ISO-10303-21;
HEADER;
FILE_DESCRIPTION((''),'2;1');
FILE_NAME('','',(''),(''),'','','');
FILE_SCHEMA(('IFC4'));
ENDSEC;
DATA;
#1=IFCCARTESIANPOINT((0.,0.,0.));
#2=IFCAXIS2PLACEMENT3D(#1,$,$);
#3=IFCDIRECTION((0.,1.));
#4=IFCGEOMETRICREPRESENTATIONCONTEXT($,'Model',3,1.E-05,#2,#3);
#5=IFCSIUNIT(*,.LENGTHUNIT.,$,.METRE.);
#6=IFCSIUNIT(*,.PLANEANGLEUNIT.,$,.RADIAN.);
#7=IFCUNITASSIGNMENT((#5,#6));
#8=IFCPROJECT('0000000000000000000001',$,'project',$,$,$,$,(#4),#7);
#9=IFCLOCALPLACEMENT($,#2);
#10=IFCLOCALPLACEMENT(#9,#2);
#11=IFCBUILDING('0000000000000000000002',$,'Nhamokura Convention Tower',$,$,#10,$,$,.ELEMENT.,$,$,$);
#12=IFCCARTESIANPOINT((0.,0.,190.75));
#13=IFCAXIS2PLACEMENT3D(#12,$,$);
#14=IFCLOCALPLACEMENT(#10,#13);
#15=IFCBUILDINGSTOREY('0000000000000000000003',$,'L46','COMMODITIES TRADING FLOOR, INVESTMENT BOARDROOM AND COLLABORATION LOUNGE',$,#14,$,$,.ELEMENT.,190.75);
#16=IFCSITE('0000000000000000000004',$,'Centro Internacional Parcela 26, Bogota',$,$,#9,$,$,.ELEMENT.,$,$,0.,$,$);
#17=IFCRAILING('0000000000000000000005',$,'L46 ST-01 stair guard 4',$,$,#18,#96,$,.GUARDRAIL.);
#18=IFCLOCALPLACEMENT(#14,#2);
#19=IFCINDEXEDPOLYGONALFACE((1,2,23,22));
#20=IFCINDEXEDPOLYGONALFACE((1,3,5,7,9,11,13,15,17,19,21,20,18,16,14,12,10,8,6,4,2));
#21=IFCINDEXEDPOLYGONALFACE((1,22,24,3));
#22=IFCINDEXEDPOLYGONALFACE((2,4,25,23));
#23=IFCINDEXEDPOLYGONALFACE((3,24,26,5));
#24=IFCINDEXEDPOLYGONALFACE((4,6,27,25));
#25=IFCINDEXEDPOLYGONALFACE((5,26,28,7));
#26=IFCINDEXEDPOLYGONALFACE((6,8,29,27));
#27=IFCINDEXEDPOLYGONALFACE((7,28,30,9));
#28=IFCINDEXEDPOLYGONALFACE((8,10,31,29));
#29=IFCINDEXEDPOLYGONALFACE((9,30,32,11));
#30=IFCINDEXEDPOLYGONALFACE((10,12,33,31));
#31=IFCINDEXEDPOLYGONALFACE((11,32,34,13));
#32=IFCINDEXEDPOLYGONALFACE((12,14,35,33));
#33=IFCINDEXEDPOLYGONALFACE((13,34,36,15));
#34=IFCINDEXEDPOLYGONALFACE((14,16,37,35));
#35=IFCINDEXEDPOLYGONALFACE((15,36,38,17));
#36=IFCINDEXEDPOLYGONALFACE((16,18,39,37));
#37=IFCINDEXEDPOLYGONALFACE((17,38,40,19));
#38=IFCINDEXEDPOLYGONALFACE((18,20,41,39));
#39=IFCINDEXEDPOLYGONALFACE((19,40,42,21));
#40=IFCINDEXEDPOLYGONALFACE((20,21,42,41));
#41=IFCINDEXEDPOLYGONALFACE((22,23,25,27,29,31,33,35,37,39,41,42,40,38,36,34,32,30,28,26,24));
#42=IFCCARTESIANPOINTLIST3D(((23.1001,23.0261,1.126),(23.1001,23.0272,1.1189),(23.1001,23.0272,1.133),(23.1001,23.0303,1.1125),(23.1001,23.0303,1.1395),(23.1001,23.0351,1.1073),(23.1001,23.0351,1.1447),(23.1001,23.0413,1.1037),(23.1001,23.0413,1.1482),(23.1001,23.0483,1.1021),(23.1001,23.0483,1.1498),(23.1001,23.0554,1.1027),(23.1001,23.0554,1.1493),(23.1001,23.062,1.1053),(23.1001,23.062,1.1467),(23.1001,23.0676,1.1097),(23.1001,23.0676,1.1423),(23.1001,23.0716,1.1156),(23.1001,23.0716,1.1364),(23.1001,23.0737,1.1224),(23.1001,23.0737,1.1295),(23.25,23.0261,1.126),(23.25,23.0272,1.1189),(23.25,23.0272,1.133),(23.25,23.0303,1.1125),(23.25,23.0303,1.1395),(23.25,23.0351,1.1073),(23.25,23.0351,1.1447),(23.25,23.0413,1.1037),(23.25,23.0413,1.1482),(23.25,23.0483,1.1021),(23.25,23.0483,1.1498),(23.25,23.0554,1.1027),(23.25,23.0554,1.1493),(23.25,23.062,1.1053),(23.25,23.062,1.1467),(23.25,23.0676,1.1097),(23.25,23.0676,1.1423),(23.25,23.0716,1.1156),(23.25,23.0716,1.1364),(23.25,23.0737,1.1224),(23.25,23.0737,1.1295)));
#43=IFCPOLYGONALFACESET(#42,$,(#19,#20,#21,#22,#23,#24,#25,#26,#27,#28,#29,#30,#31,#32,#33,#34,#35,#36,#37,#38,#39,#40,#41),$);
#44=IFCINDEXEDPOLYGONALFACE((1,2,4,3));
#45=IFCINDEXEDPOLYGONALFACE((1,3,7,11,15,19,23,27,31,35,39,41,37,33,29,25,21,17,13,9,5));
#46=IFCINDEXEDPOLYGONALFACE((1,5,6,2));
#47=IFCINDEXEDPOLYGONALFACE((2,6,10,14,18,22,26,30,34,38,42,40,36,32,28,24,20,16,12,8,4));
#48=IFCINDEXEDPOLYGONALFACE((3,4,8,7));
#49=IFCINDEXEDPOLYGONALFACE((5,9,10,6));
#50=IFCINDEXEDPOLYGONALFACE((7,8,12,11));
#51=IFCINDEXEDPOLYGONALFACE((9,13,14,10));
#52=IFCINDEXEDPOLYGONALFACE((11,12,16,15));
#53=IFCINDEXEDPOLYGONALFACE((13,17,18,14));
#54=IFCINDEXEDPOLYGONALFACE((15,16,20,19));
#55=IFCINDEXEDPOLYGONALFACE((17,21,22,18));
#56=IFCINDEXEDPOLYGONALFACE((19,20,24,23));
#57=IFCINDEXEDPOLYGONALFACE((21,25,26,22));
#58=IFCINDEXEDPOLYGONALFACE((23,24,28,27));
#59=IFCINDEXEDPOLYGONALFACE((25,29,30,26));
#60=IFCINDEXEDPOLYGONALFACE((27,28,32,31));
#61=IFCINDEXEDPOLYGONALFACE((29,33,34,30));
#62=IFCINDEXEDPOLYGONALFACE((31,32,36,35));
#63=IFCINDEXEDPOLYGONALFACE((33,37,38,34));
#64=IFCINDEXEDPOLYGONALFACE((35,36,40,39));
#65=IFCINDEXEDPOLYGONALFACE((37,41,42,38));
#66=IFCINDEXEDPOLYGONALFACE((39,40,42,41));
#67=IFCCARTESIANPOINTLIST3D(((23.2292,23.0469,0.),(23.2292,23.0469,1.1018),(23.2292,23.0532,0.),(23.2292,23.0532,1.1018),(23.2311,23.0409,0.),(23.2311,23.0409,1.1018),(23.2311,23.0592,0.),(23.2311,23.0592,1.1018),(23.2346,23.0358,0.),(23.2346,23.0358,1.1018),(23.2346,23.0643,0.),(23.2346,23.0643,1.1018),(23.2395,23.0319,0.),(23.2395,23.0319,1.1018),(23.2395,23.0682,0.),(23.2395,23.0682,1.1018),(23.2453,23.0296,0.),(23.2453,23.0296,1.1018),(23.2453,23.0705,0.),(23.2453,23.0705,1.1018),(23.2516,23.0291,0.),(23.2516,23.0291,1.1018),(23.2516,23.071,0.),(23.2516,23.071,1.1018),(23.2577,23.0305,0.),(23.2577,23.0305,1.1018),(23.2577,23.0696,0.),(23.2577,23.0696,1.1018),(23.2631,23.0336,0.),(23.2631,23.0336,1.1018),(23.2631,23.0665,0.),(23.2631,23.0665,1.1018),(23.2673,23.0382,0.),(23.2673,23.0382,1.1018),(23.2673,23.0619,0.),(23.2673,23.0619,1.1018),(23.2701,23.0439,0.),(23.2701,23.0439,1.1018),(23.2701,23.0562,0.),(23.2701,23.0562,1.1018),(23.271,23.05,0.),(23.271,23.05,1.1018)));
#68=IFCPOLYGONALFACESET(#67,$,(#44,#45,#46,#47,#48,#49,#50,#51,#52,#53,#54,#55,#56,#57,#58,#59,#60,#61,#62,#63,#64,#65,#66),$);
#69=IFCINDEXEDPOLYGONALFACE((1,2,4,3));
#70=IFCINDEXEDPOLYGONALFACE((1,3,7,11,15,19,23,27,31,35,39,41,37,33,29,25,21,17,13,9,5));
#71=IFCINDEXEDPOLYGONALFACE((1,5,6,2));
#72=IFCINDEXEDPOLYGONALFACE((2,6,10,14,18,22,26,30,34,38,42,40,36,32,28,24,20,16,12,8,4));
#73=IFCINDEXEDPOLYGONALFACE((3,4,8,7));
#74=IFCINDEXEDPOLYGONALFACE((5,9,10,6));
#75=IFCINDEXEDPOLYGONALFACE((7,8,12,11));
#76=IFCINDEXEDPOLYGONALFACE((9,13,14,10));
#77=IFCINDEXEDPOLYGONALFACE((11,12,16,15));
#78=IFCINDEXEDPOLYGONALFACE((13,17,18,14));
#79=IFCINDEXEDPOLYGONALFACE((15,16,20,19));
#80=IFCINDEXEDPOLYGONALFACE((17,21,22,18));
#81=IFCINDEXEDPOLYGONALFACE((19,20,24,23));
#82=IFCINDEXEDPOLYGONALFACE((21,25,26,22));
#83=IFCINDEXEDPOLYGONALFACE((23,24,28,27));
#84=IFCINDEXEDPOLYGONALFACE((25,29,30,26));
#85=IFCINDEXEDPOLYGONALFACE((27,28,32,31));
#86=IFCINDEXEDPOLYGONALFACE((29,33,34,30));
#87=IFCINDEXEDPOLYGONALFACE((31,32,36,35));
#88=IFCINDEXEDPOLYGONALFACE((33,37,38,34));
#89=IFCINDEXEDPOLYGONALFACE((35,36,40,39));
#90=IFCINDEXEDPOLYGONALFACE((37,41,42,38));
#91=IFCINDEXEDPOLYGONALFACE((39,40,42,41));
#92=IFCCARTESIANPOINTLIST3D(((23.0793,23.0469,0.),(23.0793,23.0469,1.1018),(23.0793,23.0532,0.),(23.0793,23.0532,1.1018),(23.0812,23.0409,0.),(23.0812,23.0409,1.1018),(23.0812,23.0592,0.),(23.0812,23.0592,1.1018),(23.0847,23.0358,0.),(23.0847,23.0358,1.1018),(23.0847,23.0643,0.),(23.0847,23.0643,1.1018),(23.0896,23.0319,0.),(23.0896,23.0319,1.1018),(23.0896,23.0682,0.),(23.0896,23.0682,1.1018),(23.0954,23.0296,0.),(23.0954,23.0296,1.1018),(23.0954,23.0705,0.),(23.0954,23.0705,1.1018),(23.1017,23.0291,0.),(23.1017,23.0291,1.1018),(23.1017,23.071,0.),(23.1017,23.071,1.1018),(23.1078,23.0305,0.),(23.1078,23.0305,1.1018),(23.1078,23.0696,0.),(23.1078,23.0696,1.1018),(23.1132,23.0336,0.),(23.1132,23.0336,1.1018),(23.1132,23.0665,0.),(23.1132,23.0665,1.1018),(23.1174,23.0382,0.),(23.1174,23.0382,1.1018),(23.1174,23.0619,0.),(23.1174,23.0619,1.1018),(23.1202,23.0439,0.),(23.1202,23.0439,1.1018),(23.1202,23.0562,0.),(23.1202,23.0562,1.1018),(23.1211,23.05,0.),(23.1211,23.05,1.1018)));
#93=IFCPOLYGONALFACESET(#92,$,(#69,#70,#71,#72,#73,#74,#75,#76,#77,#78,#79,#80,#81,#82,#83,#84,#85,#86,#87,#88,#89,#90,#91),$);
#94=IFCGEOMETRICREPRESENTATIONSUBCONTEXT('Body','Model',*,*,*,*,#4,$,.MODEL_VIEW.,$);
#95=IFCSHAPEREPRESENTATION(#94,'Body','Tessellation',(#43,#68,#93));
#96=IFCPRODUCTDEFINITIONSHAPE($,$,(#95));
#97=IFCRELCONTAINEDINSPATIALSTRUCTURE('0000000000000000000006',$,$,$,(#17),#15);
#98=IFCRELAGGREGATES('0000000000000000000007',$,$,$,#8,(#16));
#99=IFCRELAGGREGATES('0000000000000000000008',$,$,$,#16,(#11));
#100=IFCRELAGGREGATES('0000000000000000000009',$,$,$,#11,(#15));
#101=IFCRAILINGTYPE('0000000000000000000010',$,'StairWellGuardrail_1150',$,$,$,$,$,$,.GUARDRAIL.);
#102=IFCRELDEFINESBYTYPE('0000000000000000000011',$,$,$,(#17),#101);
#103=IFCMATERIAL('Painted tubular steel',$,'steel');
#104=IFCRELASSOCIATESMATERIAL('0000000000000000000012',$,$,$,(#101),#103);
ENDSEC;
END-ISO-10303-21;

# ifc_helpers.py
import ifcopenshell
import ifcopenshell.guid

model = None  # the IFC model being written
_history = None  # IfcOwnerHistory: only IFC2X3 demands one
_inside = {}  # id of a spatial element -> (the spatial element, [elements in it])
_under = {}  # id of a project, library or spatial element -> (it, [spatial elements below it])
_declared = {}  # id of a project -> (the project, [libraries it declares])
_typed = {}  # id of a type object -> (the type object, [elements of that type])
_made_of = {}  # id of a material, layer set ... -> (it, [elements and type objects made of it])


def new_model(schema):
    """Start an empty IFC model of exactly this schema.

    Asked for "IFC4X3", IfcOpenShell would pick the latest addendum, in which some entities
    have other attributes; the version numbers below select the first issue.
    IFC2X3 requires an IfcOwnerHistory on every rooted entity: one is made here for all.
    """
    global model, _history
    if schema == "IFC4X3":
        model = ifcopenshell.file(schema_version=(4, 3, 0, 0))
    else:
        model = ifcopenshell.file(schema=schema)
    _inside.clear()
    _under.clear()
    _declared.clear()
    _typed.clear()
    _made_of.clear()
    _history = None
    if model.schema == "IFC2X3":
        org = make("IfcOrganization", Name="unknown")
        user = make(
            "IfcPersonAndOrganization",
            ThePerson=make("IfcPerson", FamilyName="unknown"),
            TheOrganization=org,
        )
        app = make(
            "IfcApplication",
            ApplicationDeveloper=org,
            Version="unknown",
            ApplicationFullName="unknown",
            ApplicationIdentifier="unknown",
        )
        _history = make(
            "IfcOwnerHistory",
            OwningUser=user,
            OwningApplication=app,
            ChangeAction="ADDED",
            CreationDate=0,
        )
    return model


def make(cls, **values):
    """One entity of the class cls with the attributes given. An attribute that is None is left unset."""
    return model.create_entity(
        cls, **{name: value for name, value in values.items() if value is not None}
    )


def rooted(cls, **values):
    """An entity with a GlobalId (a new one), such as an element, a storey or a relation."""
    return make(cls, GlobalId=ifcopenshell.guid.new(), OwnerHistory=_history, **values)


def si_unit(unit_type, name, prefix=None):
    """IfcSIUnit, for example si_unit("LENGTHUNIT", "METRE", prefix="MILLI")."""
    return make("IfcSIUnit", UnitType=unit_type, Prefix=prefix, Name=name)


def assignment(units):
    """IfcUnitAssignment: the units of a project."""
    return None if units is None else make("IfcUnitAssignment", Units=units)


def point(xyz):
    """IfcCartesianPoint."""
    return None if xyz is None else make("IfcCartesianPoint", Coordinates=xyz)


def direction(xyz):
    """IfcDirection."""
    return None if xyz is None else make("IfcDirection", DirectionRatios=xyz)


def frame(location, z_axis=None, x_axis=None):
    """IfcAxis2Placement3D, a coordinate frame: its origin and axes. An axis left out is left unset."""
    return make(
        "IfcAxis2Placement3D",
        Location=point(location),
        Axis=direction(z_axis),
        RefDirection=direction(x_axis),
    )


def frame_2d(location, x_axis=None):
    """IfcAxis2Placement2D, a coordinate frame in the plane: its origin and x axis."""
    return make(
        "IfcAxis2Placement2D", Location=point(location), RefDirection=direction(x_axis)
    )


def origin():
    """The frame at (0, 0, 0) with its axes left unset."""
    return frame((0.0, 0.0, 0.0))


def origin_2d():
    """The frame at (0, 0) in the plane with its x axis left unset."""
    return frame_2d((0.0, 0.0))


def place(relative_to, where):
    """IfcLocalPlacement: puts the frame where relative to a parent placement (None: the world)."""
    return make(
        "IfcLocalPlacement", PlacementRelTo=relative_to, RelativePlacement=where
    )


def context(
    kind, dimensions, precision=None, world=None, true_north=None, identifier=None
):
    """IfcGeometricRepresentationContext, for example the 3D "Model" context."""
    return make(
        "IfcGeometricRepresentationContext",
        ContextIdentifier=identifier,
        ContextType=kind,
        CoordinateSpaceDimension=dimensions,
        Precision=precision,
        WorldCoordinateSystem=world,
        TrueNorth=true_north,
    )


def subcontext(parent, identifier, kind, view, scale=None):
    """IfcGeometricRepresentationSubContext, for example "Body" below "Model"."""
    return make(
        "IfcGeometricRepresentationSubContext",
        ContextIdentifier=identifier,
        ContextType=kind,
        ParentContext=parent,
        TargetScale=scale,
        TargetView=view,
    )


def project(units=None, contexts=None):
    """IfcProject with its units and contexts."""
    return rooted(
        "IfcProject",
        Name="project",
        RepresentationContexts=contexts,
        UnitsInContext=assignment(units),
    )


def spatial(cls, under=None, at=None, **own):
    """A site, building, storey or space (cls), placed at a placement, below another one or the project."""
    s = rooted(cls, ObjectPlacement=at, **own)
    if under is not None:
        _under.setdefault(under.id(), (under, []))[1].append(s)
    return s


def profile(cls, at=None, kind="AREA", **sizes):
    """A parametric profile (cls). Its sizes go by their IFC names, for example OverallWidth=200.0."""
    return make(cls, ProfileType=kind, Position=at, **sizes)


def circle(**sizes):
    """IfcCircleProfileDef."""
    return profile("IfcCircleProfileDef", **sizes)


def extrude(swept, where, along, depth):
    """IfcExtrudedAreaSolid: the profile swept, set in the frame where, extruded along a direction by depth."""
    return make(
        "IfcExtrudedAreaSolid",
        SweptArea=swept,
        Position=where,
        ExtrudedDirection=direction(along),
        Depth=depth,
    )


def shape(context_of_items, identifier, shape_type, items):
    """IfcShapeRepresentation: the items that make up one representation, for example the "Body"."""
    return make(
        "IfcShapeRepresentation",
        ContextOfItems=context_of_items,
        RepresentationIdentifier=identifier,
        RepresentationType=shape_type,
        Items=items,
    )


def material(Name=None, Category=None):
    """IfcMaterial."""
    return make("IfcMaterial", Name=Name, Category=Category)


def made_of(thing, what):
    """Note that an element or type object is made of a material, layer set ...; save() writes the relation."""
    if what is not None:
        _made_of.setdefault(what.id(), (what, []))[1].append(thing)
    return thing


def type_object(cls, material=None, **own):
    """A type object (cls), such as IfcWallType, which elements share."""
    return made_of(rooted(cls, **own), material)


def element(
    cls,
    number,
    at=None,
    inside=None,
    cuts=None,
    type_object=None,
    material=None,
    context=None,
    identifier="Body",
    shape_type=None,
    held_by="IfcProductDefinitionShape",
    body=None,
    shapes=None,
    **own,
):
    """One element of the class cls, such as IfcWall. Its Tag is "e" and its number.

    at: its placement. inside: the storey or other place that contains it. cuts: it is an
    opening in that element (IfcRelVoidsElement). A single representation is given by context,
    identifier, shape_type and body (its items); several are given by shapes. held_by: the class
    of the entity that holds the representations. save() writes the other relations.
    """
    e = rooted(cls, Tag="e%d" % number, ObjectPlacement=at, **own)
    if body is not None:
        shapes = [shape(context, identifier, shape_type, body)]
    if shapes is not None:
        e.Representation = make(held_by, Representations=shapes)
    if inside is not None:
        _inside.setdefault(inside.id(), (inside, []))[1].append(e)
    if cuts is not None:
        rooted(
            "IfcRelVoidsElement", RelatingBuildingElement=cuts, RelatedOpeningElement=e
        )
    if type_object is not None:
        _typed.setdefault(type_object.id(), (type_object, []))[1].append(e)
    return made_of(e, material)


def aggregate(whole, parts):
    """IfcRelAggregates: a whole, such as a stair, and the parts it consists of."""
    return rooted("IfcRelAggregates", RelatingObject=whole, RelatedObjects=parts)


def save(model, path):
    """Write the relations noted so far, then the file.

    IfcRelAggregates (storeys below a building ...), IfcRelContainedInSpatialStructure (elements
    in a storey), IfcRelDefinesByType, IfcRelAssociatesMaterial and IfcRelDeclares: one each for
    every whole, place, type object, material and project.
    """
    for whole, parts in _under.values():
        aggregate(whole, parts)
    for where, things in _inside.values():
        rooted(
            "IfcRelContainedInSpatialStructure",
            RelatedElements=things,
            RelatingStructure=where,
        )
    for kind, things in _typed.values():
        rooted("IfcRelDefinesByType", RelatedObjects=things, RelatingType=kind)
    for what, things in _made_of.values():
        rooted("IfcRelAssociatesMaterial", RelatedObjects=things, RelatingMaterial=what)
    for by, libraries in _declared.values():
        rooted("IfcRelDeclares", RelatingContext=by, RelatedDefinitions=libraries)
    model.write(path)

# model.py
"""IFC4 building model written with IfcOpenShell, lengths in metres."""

from ifc_helpers import new_model, si_unit, direction, frame, origin, origin_2d, place, context, subcontext, project, spatial, circle, extrude, material, type_object, element, save


model = new_model("IFC4")

# Units and contexts
model_context = context("Model", 3, precision=1e-05, world=origin(), true_north=direction((0.0, 1.0)))
body_context = subcontext(model_context, "Body", "Model", "MODEL_VIEW")
ifc_project = project(units=[si_unit("LENGTHUNIT", "METRE"), si_unit("PLANEANGLEUNIT", "RADIAN")], contexts=[model_context])

# Site, building, storey
site_placement = place(None, origin())
site = spatial("IfcSite", under=ifc_project, at=site_placement, Name="Centro Internacional Parcela 26, Bogota", CompositionType="ELEMENT", RefElevation=0.0)
building_placement = place(site_placement, origin())
building = spatial("IfcBuilding", under=site, at=building_placement, Name="Nhamokura Convention Tower", CompositionType="ELEMENT")
storey_placement = place(building_placement, frame((0.0, 0.0, 190.75)))
storey = spatial("IfcBuildingStorey", under=building, at=storey_placement, Name="L46", Description="COMMODITIES TRADING FLOOR, INVESTMENT BOARDROOM AND COLLABORATION LOUNGE", CompositionType="ELEMENT", Elevation=190.75)

# Railing
ifc_material_1 = material(Name="Painted tubular steel", Category="steel")
railing_type_1 = type_object("IfcRailingType", Name="StairWellGuardrail_1150", PredefinedType="GUARDRAIL", material=ifc_material_1)
railing_1_placement = place(storey_placement, frame((23.25, 23.05, 0.0)))
element("IfcRailing", 1, at=railing_1_placement, inside=storey, type_object=railing_type_1, Name="L46 ST-01 stair guard 4", PredefinedType="GUARDRAIL", context=body_context, shape_type="SweptSolid", body=[
    extrude(circle(Radius=0.0239, at=origin_2d()), frame((0.0, 0.0, 1.126), z_axis=(-1.0, 0.0, 0.0), x_axis=(0.0, -1.0, 0.0)), (0.0, 0.0, 1.0), 0.1499),
    extrude(circle(Radius=0.021, at=origin_2d()), origin(), (0.0, 0.0, 1.0), 1.1018),
    extrude(circle(Radius=0.021, at=origin_2d()), frame((-0.1499, 0.0, 0.0)), (0.0, 0.0, 1.0), 1.1018),
])

save(model, "model.ifc")
